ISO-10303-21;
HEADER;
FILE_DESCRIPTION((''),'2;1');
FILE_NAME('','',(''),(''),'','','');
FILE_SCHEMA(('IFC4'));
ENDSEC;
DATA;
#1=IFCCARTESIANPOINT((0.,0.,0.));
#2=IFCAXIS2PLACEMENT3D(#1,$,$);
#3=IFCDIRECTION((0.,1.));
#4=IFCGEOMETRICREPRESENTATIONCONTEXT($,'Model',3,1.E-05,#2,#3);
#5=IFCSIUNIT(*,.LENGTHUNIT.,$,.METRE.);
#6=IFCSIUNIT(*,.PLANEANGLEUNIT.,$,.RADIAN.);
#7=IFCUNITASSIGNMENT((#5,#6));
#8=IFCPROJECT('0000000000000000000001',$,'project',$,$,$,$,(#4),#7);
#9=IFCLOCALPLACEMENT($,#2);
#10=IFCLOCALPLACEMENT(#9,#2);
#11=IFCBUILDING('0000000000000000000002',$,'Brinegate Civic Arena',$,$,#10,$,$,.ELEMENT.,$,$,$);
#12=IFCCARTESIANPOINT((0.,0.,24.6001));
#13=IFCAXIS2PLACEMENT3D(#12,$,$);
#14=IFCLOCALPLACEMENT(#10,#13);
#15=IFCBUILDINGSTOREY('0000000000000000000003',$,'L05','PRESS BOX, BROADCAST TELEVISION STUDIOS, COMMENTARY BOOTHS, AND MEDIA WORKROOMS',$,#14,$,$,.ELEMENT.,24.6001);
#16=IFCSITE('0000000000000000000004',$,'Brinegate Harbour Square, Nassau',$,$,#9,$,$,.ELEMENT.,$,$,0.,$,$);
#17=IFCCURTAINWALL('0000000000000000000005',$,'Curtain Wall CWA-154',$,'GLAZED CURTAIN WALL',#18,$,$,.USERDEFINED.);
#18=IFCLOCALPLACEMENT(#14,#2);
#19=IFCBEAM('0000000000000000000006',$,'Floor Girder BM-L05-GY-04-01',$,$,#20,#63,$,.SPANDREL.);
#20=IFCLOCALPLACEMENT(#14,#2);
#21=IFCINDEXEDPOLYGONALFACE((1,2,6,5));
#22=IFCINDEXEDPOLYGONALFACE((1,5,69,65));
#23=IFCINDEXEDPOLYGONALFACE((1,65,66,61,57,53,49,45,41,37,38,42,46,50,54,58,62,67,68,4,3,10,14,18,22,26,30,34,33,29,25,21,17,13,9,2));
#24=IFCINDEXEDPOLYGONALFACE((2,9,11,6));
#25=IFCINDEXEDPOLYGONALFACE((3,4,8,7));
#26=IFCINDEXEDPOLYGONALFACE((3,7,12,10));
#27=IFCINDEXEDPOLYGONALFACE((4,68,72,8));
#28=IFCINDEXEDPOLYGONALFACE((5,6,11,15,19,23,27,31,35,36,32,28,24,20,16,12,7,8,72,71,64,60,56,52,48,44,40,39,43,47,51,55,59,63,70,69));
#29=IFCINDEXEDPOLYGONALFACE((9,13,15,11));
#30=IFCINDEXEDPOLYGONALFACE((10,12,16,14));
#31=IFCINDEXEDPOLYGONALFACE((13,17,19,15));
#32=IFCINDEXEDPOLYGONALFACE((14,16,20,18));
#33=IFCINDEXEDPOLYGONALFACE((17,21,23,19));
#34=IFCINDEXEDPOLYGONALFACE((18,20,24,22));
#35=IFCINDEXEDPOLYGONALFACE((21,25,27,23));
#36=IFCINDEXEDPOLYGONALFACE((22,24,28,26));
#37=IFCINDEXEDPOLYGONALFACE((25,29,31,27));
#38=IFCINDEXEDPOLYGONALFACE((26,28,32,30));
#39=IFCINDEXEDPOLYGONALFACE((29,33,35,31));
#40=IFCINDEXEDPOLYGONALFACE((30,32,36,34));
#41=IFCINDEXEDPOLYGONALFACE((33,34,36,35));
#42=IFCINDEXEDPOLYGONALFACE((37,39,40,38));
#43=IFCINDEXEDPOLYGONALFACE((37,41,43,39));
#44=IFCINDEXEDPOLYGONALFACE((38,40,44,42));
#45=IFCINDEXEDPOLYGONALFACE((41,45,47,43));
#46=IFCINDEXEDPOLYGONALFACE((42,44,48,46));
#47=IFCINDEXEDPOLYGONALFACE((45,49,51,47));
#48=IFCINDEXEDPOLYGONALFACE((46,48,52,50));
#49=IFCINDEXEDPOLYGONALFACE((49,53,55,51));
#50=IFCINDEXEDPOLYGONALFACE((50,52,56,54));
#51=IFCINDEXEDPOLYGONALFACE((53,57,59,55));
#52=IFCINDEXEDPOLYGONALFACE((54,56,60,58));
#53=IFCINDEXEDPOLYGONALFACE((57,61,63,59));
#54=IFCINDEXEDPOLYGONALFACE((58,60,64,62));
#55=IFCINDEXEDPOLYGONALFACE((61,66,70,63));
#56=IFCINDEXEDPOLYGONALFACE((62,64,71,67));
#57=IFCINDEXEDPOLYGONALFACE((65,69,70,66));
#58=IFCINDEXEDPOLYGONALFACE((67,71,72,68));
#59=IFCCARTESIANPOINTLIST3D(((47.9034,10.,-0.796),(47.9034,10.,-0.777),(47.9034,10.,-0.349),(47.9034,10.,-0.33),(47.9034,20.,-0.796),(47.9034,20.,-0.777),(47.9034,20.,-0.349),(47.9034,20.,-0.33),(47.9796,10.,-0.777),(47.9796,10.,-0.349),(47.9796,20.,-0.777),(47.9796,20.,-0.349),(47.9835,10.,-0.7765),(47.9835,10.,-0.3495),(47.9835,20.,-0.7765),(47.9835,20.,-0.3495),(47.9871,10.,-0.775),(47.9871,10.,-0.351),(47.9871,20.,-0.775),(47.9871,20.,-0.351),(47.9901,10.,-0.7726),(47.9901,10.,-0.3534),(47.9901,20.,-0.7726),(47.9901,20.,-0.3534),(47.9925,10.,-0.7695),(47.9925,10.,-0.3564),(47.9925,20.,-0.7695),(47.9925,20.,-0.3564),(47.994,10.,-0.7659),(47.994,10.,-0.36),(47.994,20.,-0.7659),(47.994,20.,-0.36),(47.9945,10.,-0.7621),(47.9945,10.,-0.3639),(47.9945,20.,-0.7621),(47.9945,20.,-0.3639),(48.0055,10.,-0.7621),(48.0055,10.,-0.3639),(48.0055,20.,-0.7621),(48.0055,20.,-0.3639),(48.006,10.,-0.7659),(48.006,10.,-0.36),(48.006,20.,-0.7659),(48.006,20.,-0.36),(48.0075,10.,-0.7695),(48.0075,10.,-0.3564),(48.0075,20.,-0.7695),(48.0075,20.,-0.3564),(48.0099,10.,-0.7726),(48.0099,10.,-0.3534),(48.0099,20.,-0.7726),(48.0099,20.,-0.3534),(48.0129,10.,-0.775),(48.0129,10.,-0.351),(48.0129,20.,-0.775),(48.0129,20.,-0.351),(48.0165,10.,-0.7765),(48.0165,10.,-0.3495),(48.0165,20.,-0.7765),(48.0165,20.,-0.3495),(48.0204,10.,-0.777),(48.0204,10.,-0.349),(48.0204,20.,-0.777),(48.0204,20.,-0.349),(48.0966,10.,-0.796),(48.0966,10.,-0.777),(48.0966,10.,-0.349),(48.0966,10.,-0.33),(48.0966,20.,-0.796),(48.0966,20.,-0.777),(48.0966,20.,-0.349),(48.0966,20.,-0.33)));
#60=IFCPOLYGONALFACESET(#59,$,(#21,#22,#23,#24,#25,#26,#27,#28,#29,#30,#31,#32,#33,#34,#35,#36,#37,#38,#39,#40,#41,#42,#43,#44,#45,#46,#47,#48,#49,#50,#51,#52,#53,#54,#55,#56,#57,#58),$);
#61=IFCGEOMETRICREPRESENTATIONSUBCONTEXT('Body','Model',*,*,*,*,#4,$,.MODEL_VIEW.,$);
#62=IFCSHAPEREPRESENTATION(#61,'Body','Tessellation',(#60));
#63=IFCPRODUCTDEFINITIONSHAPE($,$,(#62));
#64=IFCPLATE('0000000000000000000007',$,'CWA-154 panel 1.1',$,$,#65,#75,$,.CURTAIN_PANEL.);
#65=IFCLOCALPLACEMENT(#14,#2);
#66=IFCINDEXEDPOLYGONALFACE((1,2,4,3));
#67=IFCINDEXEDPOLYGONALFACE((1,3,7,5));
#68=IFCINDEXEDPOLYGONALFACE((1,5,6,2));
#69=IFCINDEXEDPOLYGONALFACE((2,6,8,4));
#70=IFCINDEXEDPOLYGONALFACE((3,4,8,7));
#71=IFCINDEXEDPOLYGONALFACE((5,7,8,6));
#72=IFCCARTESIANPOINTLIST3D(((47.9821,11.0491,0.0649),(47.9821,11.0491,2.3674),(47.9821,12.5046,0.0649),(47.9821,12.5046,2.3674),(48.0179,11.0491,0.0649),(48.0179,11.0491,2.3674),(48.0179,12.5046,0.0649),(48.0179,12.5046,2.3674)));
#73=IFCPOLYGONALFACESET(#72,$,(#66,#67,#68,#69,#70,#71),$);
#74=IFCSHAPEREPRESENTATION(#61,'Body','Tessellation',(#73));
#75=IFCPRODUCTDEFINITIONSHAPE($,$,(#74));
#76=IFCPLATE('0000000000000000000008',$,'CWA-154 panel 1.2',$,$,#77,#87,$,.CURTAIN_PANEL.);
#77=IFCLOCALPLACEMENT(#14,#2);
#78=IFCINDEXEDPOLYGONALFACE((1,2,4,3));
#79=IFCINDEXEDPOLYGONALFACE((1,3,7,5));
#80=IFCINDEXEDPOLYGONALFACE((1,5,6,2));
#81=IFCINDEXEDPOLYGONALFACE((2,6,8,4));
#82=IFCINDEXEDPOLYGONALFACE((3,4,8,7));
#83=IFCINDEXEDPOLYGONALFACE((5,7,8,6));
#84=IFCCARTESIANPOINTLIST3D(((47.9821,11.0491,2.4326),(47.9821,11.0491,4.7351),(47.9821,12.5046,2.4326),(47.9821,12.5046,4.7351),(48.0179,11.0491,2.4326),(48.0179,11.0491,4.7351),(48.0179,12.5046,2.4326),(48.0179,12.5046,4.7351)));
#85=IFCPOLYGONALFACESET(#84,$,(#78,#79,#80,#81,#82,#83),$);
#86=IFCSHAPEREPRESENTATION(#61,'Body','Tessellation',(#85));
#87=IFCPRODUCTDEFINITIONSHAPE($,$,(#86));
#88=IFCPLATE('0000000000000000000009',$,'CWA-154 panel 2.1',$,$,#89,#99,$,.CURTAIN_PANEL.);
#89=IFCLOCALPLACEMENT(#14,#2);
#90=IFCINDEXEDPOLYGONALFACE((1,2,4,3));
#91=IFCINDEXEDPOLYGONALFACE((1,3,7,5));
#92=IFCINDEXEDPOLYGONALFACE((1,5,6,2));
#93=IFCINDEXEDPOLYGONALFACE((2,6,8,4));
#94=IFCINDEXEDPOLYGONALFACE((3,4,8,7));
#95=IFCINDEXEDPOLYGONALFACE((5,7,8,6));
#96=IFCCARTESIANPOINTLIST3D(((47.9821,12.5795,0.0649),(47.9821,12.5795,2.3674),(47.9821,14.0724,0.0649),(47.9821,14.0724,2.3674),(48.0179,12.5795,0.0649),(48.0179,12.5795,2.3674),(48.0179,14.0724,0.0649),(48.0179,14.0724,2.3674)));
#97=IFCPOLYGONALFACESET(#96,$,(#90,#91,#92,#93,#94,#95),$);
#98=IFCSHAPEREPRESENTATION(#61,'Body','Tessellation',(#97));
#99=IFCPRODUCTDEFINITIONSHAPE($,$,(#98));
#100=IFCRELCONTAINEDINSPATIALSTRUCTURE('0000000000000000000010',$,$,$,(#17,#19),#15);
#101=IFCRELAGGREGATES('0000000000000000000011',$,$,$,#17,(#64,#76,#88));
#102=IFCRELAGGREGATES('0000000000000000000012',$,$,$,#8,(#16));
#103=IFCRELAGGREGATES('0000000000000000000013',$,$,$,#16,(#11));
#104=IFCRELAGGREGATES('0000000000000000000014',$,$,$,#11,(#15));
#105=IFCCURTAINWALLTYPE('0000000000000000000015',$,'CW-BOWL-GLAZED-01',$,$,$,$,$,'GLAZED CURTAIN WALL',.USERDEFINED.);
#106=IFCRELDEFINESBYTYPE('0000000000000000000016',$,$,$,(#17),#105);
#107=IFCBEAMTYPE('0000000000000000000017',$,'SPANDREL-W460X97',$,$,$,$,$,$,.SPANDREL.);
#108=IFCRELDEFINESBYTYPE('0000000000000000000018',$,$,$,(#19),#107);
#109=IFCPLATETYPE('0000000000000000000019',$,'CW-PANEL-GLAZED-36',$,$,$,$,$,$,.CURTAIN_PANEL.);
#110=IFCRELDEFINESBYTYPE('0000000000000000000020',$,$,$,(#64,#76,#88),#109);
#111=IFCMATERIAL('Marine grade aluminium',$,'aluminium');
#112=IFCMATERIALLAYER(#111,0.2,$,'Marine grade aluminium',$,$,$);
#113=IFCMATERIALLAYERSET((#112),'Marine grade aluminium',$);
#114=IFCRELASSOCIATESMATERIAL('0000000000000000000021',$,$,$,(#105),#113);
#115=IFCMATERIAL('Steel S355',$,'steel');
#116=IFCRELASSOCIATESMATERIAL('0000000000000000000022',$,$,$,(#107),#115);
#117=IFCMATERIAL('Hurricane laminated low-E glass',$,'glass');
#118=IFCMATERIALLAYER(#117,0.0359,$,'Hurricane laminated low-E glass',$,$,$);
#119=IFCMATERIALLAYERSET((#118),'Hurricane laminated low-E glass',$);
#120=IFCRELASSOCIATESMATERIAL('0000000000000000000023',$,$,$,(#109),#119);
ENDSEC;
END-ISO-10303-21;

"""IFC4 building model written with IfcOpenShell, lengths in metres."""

from ifc_helpers import new_model, si_unit, direction, frame, origin, origin_2d, place, context, subcontext, project, spatial, rectangle, i_section, extrude, material, layer, layer_set, material_profile, profile_set, type_object, element, aggregate, save


model = new_model("IFC4")

# Units and contexts
model_context = context("Model", 3, precision=1e-05, world=origin(), true_north=direction((0.0, 1.0)))
body_context = subcontext(model_context, "Body", "Model", "MODEL_VIEW")
ifc_project = project(units=[si_unit("LENGTHUNIT", "METRE"), si_unit("PLANEANGLEUNIT", "RADIAN")], contexts=[model_context])

# Site, building, storey
site_placement = place(None, origin())
site = spatial("IfcSite", under=ifc_project, at=site_placement, Name="Brinegate Harbour Square, Nassau", CompositionType="ELEMENT", RefElevation=0.0)
building_placement = place(site_placement, origin())
building = spatial("IfcBuilding", under=site, at=building_placement, Name="Brinegate Civic Arena", CompositionType="ELEMENT")
storey_placement = place(building_placement, frame((0.0, 0.0, 24.6001)))
storey = spatial("IfcBuildingStorey", under=building, at=storey_placement, Name="L05", Description="PRESS BOX, BROADCAST TELEVISION STUDIOS, COMMENTARY BOOTHS, AND MEDIA WORKROOMS", CompositionType="ELEMENT", Elevation=24.6001)

# Curtain wall
ifc_material_1 = material(Name="Marine grade aluminium", Category="aluminium")
ifc_layer_1 = layer(ifc_material_1, 0.2, Name="Marine grade aluminium")
ifc_layer_set_1 = layer_set([ifc_layer_1], Name="Marine grade aluminium")
curtain_wall_type = type_object("IfcCurtainWallType", Name="CW-BOWL-GLAZED-01", ElementType="GLAZED CURTAIN WALL", PredefinedType="USERDEFINED", material=ifc_layer_set_1)
curtain_wall_placement = place(storey_placement, origin())
curtain_wall = element("IfcCurtainWall", 1, at=curtain_wall_placement, inside=storey, type_object=curtain_wall_type, Name="Curtain Wall CWA-154", ObjectType="GLAZED CURTAIN WALL", PredefinedType="USERDEFINED")

# Beam
ifc_material_2 = material(Name="Steel S355", Category="steel")
ifc_material_profile_1 = material_profile(ifc_material_2, i_section(OverallWidth=0.1931, OverallDepth=0.4661, WebThickness=0.011, FlangeThickness=0.019, FilletRadius=0.0149, at=origin_2d()), Name="W460X97")
ifc_profile_set_1 = profile_set([ifc_material_profile_1], Name="Steel S355")
beam_type = type_object("IfcBeamType", Name="SPANDREL-W460X97", PredefinedType="SPANDREL", material=ifc_profile_set_1)
beam_1_placement = place(storey_placement, frame((48.0, 10.0, -0.563), z_axis=(0.0, 1.0, 0.0), x_axis=(-1.0, 0.0, 0.0)))
element("IfcBeam", 2, at=beam_1_placement, inside=storey, type_object=beam_type, Name="Floor Girder BM-L05-GY-04-01", PredefinedType="SPANDREL", context=body_context, shape_type="SweptSolid", body=[
    extrude(i_section(OverallWidth=0.1931, OverallDepth=0.4661, WebThickness=0.011, FlangeThickness=0.019, FilletRadius=0.0149, at=origin_2d()), origin(), (0.0, 0.0, 1.0), 10.0),
])

# Plates
ifc_material_3 = material(Name="Hurricane laminated low-E glass", Category="glass")
ifc_layer_2 = layer(ifc_material_3, 0.0359, Name="Hurricane laminated low-E glass")
ifc_layer_set_2 = layer_set([ifc_layer_2], Name="Hurricane laminated low-E glass")
plate_type = type_object("IfcPlateType", Name="CW-PANEL-GLAZED-36", PredefinedType="CURTAIN_PANEL", material=ifc_layer_set_2)
plate_1_placement = place(storey_placement, frame((48.0, 11.7769, 0.0649), z_axis=(0.0, 0.0, 1.0), x_axis=(0.0, 1.0, 0.0)))
plate_1 = element("IfcPlate", 3, at=plate_1_placement, type_object=plate_type, Name="CWA-154 panel 1.1", PredefinedType="CURTAIN_PANEL", context=body_context, shape_type="SweptSolid", body=[
    extrude(rectangle(XDim=1.4556, YDim=0.0359, at=origin_2d()), origin(), (0.0, 0.0, 1.0), 2.3025),
])
plate_2_placement = place(storey_placement, frame((48.0, 11.7769, 2.4326), z_axis=(0.0, 0.0, 1.0), x_axis=(0.0, 1.0, 0.0)))
plate_2 = element("IfcPlate", 4, at=plate_2_placement, type_object=plate_type, Name="CWA-154 panel 1.2", PredefinedType="CURTAIN_PANEL", context=body_context, shape_type="SweptSolid", body=[
    extrude(rectangle(XDim=1.4556, YDim=0.0359, at=origin_2d()), origin(), (0.0, 0.0, 1.0), 2.3025),
])
plate_3_placement = place(storey_placement, frame((48.0, 13.3259, 0.0649), z_axis=(0.0, 0.0, 1.0), x_axis=(0.0, 1.0, 0.0)))
plate_3 = element("IfcPlate", 5, at=plate_3_placement, type_object=plate_type, Name="CWA-154 panel 2.1", PredefinedType="CURTAIN_PANEL", context=body_context, shape_type="SweptSolid", body=[
    extrude(rectangle(XDim=1.4929, YDim=0.0359, at=origin_2d()), origin(), (0.0, 0.0, 1.0), 2.3025),
])
aggregate(curtain_wall, [plate_1, plate_2, plate_3])

save(model, "model.ifc")
